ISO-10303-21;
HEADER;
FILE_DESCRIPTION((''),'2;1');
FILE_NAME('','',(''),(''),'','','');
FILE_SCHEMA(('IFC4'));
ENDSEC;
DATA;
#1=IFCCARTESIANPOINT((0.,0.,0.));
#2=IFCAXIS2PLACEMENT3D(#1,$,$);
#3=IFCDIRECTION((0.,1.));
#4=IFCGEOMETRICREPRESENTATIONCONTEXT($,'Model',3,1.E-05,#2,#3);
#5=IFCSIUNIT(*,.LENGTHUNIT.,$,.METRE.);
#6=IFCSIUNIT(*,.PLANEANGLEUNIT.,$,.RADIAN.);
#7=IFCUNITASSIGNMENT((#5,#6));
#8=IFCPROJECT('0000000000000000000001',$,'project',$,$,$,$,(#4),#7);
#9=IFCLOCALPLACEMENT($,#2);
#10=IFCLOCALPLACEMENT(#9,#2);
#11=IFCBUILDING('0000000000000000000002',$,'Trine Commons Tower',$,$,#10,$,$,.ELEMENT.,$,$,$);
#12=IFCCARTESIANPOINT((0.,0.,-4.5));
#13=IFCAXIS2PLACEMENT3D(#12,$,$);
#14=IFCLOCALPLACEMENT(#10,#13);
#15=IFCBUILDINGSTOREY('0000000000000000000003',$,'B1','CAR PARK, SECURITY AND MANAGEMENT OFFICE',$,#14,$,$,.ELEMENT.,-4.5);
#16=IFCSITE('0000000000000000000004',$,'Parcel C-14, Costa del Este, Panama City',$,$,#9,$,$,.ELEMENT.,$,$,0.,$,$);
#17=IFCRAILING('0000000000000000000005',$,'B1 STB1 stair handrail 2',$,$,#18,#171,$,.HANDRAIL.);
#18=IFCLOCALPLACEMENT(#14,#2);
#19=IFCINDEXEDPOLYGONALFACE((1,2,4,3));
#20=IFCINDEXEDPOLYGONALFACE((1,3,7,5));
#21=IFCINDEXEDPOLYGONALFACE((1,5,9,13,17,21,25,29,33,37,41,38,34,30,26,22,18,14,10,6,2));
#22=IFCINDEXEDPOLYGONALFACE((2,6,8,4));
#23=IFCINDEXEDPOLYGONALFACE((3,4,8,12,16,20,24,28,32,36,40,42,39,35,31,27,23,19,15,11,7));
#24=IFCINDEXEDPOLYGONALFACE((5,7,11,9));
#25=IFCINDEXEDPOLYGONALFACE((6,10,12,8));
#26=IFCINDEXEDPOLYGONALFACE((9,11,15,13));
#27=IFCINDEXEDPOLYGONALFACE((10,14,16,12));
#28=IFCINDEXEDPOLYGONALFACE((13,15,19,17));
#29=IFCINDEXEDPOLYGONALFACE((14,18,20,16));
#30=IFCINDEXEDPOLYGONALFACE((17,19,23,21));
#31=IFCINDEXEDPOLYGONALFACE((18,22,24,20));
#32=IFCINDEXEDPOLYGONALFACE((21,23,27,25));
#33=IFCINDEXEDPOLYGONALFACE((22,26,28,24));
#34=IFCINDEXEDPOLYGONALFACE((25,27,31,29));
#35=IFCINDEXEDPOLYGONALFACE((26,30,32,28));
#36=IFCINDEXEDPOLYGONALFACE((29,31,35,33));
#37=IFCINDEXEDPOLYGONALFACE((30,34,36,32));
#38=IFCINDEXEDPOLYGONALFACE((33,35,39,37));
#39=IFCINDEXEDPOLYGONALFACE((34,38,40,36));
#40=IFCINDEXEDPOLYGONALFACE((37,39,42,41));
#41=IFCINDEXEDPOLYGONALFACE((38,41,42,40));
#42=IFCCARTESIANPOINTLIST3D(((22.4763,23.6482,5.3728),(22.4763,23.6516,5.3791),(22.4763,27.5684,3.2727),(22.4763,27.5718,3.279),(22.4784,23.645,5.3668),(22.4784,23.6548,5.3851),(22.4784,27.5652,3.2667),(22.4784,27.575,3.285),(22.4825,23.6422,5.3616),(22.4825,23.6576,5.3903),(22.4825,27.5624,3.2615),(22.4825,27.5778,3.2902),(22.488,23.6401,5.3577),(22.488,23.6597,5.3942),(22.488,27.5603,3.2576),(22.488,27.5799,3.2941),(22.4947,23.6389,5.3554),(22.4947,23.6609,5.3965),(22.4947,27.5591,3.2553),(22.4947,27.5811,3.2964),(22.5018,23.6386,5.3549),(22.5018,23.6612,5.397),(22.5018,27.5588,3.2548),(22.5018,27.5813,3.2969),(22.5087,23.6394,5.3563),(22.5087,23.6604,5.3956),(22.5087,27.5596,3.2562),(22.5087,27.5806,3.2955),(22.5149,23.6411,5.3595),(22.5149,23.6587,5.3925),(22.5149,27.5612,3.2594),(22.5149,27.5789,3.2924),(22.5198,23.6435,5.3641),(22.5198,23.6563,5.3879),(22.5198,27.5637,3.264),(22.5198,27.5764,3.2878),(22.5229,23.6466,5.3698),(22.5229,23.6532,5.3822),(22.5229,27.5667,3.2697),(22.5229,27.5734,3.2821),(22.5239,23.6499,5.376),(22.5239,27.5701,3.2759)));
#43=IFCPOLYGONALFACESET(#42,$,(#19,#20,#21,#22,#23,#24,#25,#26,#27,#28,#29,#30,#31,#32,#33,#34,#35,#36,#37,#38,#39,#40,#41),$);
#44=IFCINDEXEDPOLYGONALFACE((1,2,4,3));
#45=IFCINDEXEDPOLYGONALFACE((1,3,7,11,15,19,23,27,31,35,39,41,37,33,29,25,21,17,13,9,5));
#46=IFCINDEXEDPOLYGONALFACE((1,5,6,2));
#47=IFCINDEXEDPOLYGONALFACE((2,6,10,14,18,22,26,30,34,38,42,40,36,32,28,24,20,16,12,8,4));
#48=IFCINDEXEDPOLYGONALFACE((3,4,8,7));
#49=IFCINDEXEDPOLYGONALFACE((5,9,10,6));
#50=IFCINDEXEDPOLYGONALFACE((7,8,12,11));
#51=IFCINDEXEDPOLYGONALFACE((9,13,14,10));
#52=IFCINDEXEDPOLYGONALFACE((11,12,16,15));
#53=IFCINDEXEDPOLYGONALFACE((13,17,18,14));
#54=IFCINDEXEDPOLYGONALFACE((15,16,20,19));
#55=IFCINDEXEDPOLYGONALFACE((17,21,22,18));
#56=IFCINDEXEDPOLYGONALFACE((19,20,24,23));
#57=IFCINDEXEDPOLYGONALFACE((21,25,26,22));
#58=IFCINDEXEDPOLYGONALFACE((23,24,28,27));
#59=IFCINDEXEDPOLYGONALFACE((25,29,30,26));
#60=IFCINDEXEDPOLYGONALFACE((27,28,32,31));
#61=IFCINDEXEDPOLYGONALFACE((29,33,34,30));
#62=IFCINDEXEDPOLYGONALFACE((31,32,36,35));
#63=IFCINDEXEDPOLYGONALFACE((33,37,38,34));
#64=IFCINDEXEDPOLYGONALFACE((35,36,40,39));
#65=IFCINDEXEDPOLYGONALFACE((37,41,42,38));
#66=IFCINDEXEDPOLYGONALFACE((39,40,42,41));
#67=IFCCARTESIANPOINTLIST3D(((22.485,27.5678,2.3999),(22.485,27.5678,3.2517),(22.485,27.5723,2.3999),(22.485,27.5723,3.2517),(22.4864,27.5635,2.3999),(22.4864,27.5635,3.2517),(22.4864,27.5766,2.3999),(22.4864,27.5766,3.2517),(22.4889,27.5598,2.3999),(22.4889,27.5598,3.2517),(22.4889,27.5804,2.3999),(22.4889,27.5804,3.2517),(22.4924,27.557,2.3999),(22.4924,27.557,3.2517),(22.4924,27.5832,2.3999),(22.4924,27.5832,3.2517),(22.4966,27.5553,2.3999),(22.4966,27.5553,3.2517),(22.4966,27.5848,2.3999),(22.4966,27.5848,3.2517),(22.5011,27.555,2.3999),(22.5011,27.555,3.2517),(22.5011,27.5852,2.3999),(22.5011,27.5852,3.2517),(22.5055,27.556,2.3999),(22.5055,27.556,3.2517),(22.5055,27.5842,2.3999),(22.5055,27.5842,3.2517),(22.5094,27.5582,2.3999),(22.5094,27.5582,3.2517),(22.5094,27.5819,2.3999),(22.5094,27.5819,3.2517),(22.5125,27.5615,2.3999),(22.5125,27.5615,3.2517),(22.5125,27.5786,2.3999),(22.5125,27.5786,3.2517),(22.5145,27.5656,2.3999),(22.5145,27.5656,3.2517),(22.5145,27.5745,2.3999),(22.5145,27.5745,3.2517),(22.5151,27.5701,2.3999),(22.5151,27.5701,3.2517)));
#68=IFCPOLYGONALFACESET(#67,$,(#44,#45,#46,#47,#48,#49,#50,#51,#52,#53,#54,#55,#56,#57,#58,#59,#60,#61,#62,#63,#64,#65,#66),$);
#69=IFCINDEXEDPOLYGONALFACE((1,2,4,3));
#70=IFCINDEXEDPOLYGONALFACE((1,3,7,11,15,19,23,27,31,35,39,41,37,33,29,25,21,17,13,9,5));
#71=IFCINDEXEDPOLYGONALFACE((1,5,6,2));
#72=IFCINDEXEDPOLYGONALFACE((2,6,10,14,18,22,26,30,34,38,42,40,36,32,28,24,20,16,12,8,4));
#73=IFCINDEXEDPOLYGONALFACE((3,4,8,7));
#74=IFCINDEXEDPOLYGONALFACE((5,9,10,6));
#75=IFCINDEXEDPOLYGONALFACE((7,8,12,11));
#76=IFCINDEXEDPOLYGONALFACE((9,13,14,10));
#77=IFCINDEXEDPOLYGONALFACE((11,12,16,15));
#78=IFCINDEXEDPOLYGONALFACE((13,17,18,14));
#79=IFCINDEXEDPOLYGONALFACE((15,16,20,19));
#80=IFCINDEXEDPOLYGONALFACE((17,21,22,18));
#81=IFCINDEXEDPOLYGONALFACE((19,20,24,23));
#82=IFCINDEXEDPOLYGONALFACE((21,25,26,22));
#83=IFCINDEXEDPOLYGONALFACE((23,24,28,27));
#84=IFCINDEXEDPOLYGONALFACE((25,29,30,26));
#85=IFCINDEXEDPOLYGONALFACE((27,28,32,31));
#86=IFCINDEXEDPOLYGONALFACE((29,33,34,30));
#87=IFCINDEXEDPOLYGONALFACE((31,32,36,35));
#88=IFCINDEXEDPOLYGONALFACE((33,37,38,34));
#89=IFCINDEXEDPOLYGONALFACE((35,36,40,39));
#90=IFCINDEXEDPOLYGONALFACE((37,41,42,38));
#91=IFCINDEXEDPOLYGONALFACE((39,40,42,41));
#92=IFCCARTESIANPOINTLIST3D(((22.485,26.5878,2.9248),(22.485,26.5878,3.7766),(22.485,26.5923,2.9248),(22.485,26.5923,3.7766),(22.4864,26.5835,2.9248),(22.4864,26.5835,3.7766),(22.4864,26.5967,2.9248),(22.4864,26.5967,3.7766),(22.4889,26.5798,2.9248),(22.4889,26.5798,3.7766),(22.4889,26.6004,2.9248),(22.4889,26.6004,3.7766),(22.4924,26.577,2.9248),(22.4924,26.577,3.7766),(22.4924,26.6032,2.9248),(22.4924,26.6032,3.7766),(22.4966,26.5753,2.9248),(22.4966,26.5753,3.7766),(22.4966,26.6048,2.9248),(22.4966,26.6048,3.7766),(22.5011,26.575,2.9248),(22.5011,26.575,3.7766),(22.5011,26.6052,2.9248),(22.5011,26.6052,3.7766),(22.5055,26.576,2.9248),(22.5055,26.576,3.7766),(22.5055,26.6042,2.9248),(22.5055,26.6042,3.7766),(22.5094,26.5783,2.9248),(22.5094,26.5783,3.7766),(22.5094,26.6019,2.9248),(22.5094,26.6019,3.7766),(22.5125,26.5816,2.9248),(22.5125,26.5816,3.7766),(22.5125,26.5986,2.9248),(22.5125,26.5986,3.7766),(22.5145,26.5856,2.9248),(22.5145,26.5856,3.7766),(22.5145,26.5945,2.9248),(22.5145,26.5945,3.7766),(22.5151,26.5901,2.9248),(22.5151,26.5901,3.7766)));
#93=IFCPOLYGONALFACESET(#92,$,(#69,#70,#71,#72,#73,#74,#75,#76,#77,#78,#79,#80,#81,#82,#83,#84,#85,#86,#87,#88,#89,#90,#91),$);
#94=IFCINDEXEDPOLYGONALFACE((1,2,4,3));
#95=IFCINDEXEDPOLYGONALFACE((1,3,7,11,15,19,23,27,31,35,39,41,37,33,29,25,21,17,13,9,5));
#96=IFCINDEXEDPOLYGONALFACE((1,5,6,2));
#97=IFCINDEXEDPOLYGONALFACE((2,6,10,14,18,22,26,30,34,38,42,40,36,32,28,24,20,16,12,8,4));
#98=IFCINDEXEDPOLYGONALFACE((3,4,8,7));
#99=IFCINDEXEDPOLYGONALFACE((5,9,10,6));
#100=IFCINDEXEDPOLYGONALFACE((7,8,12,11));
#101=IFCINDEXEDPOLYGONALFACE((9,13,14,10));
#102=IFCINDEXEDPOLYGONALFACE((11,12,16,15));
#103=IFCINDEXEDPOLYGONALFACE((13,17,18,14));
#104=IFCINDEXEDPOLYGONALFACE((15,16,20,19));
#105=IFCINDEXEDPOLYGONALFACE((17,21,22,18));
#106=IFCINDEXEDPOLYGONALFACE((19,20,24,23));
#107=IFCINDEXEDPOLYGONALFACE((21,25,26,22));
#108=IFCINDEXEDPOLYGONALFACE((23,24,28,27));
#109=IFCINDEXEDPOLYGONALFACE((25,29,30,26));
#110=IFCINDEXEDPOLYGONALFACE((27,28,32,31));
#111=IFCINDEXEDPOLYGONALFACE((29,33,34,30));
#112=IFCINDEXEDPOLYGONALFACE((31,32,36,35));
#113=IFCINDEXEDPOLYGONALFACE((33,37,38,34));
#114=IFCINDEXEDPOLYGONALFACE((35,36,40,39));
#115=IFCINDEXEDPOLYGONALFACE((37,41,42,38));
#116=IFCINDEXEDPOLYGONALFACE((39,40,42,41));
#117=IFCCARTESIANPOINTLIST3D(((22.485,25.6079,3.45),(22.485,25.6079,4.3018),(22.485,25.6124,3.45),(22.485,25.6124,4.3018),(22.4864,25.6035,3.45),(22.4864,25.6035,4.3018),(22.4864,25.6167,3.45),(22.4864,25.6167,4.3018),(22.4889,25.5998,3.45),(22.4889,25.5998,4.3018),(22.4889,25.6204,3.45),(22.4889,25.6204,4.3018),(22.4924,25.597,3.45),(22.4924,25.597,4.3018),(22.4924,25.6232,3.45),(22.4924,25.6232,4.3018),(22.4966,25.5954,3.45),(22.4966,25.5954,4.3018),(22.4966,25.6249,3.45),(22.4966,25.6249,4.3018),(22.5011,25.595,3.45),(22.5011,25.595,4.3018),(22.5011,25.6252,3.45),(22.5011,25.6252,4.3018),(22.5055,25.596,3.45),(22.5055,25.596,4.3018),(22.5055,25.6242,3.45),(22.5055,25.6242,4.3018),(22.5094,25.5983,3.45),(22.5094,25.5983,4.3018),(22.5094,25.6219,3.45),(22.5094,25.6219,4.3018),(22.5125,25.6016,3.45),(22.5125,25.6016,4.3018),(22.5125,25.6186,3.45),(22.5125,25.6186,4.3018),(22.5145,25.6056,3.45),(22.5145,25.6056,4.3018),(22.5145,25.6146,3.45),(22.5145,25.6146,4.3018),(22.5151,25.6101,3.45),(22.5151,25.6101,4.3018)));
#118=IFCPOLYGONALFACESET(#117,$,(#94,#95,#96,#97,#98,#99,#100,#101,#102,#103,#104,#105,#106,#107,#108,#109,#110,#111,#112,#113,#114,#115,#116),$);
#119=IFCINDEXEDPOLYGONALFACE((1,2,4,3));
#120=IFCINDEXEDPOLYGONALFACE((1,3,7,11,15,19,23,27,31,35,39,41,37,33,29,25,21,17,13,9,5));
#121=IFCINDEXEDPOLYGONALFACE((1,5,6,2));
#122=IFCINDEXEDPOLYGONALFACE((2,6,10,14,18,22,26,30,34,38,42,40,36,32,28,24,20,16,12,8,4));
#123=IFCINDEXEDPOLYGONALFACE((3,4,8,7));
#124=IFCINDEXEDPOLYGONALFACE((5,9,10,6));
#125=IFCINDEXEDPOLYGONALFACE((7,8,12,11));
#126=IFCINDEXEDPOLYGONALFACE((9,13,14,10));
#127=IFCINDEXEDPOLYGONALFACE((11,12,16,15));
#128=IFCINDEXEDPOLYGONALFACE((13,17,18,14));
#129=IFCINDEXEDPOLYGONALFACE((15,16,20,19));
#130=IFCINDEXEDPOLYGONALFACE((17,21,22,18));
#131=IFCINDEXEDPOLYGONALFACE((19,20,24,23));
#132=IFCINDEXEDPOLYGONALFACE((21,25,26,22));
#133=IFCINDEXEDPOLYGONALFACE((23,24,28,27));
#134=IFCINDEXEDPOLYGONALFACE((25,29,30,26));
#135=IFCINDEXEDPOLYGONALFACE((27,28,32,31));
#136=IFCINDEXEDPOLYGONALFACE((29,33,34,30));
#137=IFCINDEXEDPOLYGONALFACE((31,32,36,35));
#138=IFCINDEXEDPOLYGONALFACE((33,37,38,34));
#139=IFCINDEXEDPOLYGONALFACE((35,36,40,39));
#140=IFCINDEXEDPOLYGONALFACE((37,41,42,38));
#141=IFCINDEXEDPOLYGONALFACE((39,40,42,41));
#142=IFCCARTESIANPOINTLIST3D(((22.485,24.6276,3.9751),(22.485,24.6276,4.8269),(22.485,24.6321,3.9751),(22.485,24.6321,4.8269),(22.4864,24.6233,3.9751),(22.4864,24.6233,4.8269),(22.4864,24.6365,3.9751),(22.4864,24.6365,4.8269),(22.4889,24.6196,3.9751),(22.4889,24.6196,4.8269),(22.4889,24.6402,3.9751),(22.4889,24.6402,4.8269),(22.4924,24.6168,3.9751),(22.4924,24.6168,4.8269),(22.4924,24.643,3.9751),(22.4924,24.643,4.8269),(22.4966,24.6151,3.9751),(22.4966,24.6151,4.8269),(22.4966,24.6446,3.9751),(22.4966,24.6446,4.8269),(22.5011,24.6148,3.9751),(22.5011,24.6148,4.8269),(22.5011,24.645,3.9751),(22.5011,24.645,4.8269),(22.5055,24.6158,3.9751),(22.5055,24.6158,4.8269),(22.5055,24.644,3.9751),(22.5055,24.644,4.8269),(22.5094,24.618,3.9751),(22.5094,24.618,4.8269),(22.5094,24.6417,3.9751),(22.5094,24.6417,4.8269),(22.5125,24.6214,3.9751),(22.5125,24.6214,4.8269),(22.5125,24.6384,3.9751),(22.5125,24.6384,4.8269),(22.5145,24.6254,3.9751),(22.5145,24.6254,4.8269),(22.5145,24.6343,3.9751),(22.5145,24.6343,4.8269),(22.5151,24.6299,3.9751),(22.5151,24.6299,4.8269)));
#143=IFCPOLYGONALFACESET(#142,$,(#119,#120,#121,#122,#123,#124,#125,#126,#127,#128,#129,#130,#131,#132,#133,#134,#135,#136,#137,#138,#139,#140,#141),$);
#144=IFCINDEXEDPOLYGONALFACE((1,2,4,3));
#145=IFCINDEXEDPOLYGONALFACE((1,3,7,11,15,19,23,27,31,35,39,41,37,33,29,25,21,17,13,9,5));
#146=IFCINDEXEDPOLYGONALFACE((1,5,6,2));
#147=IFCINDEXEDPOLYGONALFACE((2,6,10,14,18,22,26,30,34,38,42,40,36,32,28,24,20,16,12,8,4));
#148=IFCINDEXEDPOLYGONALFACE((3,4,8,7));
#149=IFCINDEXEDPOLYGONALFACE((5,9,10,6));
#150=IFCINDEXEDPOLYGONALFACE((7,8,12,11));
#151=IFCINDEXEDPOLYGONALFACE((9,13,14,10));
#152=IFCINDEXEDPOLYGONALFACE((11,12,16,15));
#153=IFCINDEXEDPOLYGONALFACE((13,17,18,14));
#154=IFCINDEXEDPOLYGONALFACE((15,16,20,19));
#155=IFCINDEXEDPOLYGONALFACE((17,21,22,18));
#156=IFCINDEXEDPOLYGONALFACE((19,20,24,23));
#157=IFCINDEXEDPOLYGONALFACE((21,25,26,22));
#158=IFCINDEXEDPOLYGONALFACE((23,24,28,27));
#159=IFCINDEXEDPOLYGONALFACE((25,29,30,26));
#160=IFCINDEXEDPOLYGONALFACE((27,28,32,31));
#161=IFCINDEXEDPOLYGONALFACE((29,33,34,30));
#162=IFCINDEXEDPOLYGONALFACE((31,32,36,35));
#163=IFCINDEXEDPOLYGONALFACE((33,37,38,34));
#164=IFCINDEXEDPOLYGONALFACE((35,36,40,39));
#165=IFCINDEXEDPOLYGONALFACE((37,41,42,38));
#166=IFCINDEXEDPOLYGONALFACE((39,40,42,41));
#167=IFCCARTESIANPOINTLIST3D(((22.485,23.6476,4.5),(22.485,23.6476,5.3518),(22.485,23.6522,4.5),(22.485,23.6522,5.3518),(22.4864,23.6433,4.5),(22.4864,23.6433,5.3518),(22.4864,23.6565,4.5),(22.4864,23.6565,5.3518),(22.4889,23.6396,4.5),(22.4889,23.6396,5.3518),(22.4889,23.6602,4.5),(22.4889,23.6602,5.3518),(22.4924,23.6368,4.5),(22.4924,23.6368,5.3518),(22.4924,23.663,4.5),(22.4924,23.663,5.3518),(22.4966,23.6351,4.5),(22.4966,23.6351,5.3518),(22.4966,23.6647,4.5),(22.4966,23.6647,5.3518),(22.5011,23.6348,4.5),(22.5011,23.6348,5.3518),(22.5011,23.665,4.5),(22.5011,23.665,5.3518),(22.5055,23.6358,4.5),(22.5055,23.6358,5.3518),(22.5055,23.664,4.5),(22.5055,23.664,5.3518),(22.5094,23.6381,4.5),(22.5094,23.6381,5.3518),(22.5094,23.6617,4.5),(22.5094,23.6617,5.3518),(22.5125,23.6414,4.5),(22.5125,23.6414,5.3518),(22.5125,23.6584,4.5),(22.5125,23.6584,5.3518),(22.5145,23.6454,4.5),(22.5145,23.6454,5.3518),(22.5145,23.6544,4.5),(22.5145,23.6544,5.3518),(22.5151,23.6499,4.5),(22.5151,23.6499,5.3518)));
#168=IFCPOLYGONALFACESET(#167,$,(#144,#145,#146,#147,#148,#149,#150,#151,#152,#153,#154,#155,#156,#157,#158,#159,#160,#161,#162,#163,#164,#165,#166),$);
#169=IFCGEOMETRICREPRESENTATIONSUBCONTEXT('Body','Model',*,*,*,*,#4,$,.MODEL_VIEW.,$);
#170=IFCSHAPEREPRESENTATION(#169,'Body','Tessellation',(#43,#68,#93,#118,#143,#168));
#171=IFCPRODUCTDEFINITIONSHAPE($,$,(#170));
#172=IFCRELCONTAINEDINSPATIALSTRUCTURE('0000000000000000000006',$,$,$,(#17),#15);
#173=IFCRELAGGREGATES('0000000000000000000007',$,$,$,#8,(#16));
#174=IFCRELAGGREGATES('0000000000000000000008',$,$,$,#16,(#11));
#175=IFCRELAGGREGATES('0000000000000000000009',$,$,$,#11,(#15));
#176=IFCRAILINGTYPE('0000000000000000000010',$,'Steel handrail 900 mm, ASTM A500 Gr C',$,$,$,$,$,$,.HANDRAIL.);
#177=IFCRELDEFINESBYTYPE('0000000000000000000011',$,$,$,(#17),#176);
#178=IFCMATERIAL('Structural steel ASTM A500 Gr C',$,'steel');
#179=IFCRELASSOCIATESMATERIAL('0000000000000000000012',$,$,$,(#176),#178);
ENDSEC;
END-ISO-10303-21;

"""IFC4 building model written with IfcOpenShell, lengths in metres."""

from ifc_helpers import new_model, si_unit, direction, frame, origin, origin_2d, place, context, subcontext, project, spatial, circle, extrude, material, type_object, element, save


model = new_model("IFC4")

# Units and contexts
model_context = context("Model", 3, precision=1e-05, world=origin(), true_north=direction((0.0, 1.0)))
body_context = subcontext(model_context, "Body", "Model", "MODEL_VIEW")
ifc_project = project(units=[si_unit("LENGTHUNIT", "METRE"), si_unit("PLANEANGLEUNIT", "RADIAN")], contexts=[model_context])

# Site, building, storey
site_placement = place(None, origin())
site = spatial("IfcSite", under=ifc_project, at=site_placement, Name="Parcel C-14, Costa del Este, Panama City", CompositionType="ELEMENT", RefElevation=0.0)
building_placement = place(site_placement, origin())
building = spatial("IfcBuilding", under=site, at=building_placement, Name="Trine Commons Tower", CompositionType="ELEMENT")
storey_placement = place(building_placement, frame((0.0, 0.0, -4.5)))
storey = spatial("IfcBuildingStorey", under=building, at=storey_placement, Name="B1", Description="CAR PARK, SECURITY AND MANAGEMENT OFFICE", CompositionType="ELEMENT", Elevation=-4.5)

# Railing
ifc_material_1 = material(Name="Structural steel ASTM A500 Gr C", Category="steel")
railing_type_1 = type_object("IfcRailingType", Name="Steel handrail 900 mm, ASTM A500 Gr C", PredefinedType="HANDRAIL", material=ifc_material_1)
railing_1_placement = place(storey_placement, frame((22.5, 27.5701, 2.3999)))
element("IfcRailing", 1, at=railing_1_placement, inside=storey, type_object=railing_type_1, Name="B1 STB1 stair handrail 2", PredefinedType="HANDRAIL", context=body_context, shape_type="SweptSolid", body=[
    extrude(circle(Radius=0.0239, at=origin_2d()), frame((0.0, 0.0, 0.876), z_axis=(0.0, -0.881479, 0.472223), x_axis=(1.0, 0.0, 0.0)), (0.0, 0.0, 1.0), 4.4473),
    extrude(circle(Radius=0.0151, at=origin_2d()), origin(), (0.0, 0.0, 1.0), 0.8518),
    extrude(circle(Radius=0.0151, at=origin_2d()), frame((0.0, -0.98, 0.5249)), (0.0, 0.0, 1.0), 0.8518),
    extrude(circle(Radius=0.0151, at=origin_2d()), frame((0.0, -1.96, 1.05)), (0.0, 0.0, 1.0), 0.8518),
    extrude(circle(Radius=0.0151, at=origin_2d()), frame((0.0, -2.9402, 1.5752)), (0.0, 0.0, 1.0), 0.8518),
    extrude(circle(Radius=0.0151, at=origin_2d()), frame((0.0, -3.9202, 2.1001)), (0.0, 0.0, 1.0), 0.8518),
])

save(model, "model.ifc")
